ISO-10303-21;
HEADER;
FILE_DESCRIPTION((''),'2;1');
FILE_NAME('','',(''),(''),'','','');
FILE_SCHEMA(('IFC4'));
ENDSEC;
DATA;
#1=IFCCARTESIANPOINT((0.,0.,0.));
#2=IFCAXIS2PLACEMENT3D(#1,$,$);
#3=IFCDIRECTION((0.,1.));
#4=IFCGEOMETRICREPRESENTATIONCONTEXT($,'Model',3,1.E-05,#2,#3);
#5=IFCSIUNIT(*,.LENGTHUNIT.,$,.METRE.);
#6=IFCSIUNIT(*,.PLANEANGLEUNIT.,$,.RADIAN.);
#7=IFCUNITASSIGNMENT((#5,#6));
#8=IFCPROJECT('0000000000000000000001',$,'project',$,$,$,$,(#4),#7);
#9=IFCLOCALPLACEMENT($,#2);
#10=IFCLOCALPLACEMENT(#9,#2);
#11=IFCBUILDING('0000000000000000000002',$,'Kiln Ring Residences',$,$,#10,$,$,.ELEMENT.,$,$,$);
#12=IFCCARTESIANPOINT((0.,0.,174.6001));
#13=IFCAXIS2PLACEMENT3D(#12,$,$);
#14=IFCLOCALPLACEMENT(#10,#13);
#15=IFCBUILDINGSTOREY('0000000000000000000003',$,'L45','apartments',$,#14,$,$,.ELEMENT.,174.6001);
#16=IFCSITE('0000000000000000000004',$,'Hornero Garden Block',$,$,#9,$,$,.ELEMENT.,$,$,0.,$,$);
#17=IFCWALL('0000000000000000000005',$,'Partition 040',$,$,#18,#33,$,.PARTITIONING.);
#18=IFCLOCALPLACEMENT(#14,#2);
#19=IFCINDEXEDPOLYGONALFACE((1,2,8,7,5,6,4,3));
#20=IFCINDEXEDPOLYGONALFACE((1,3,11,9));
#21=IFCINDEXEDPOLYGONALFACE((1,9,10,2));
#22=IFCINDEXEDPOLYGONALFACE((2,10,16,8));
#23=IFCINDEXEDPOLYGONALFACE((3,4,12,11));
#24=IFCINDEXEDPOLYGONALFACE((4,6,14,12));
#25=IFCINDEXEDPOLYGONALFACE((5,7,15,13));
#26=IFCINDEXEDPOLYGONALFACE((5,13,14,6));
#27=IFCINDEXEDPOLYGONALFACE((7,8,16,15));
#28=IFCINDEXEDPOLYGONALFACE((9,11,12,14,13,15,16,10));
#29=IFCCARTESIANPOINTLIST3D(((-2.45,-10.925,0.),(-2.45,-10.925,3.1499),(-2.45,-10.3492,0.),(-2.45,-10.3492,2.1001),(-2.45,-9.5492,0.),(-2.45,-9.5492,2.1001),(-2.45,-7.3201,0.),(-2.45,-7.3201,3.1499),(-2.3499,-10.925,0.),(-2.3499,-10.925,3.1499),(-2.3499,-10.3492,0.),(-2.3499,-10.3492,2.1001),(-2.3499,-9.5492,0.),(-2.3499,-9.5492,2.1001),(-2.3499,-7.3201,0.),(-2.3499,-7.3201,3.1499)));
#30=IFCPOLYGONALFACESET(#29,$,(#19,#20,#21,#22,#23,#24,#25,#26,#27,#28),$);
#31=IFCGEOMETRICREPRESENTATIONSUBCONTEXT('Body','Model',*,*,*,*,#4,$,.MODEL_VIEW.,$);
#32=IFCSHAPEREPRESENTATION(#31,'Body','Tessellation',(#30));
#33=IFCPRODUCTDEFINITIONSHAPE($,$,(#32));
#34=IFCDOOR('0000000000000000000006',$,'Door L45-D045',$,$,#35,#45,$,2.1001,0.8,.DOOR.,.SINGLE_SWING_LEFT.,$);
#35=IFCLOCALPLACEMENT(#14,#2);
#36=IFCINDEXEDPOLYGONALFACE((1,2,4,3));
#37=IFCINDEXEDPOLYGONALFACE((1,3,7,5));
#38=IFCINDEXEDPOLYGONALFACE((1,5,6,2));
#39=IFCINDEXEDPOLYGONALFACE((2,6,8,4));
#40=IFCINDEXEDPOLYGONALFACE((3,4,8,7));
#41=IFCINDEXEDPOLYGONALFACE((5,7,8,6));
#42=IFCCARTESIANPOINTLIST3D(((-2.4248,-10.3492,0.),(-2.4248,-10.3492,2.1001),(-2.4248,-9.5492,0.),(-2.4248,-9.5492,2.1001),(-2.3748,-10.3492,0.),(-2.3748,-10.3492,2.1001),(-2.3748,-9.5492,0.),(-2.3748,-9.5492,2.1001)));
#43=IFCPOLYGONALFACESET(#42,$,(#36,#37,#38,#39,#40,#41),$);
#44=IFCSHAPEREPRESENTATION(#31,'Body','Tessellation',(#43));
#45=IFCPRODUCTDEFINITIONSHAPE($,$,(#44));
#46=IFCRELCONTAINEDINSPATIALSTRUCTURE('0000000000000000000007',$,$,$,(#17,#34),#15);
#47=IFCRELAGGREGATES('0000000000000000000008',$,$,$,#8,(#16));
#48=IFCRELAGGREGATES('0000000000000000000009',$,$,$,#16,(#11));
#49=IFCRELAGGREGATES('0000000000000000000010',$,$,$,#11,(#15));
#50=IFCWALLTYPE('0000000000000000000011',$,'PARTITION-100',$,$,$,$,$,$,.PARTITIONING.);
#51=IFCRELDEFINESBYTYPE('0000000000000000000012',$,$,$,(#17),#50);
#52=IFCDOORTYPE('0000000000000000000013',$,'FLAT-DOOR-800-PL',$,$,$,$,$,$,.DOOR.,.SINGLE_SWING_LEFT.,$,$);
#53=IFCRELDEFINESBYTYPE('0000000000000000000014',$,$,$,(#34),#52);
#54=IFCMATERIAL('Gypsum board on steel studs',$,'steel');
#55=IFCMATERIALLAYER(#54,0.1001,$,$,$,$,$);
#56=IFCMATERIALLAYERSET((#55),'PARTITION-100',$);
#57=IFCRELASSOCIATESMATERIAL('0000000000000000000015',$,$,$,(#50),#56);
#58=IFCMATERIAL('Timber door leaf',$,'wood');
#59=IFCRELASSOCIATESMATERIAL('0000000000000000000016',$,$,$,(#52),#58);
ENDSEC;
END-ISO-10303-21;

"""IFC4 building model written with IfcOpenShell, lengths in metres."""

from ifc_helpers import new_model, si_unit, direction, frame, frame_2d, origin, place, context, subcontext, project, spatial, rectangle, extrude, material, layer, layer_set, type_object, element, fill, save


model = new_model("IFC4")

# Units and contexts
model_context = context("Model", 3, precision=1e-05, world=origin(), true_north=direction((0.0, 1.0)))
body_context = subcontext(model_context, "Body", "Model", "MODEL_VIEW")
ifc_project = project(units=[si_unit("LENGTHUNIT", "METRE"), si_unit("PLANEANGLEUNIT", "RADIAN")], contexts=[model_context])

# Site, building, storey
site_placement = place(None, origin())
site = spatial("IfcSite", under=ifc_project, at=site_placement, Name="Hornero Garden Block", CompositionType="ELEMENT", RefElevation=0.0)
building_placement = place(site_placement, origin())
building = spatial("IfcBuilding", under=site, at=building_placement, Name="Kiln Ring Residences", CompositionType="ELEMENT")
storey_placement = place(building_placement, frame((0.0, 0.0, 174.6001)))
storey = spatial("IfcBuildingStorey", under=building, at=storey_placement, Name="L45", Description="apartments", CompositionType="ELEMENT", Elevation=174.6001)

# Wall, opening, door
ifc_material_1 = material(Name="Gypsum board on steel studs", Category="steel")
ifc_layer_1 = layer(ifc_material_1, 0.1001)
ifc_layer_set_1 = layer_set([ifc_layer_1], Name="PARTITION-100")
wall_type = type_object("IfcWallType", Name="PARTITION-100", PredefinedType="PARTITIONING", material=ifc_layer_set_1)
wall_1_placement = place(storey_placement, frame((-2.3999, -10.925, 0.0), z_axis=(0.0, 0.0, 1.0), x_axis=(0.0, 1.0, 0.0)))
wall_1 = element("IfcWall", 1, at=wall_1_placement, inside=storey, type_object=wall_type, Name="Partition 040", PredefinedType="PARTITIONING", context=body_context, shape_type="SweptSolid", body=[
    extrude(rectangle(XDim=3.605, YDim=0.1001, at=frame_2d((1.8025, 0.0))), origin(), (0.0, 0.0, 1.0), 3.1499),
])
opening_1_placement = place(wall_1_placement, frame((0.5759, 0.0, 0.0)))
opening_1 = element("IfcOpeningElement", 2, at=opening_1_placement, cuts=wall_1, PredefinedType="OPENING", context=body_context, shape_type="SweptSolid", body=[
    extrude(rectangle(XDim=0.8, YDim=2.1001, at=frame_2d((0.3999, 1.05))), frame((0.0, 0.0601, 0.0), z_axis=(0.0, -1.0, 0.0), x_axis=(1.0, 0.0, 0.0)), (0.0, 0.0, 1.0), 0.1201),
])
ifc_material_2 = material(Name="Timber door leaf", Category="wood")
door_type_1 = type_object("IfcDoorType", Name="FLAT-DOOR-800-PL", OperationType="SINGLE_SWING_LEFT", PredefinedType="DOOR", material=ifc_material_2)
door_1_placement = place(opening_1_placement, origin())
door_1 = element("IfcDoor", 3, at=door_1_placement, inside=storey, type_object=door_type_1, Name="Door L45-D045", OperationType="SINGLE_SWING_LEFT", OverallHeight=2.1001, OverallWidth=0.8, PredefinedType="DOOR", context=body_context, shape_type="SweptSolid", body=[
    extrude(rectangle(XDim=0.8, YDim=2.1001, at=frame_2d((0.3999, 1.05))), frame((0.0, 0.0249, 0.0), z_axis=(0.0, -1.0, 0.0), x_axis=(1.0, 0.0, 0.0)), (0.0, 0.0, 1.0), 0.05),
])
fill(opening_1, door_1)

save(model, "model.ifc")
